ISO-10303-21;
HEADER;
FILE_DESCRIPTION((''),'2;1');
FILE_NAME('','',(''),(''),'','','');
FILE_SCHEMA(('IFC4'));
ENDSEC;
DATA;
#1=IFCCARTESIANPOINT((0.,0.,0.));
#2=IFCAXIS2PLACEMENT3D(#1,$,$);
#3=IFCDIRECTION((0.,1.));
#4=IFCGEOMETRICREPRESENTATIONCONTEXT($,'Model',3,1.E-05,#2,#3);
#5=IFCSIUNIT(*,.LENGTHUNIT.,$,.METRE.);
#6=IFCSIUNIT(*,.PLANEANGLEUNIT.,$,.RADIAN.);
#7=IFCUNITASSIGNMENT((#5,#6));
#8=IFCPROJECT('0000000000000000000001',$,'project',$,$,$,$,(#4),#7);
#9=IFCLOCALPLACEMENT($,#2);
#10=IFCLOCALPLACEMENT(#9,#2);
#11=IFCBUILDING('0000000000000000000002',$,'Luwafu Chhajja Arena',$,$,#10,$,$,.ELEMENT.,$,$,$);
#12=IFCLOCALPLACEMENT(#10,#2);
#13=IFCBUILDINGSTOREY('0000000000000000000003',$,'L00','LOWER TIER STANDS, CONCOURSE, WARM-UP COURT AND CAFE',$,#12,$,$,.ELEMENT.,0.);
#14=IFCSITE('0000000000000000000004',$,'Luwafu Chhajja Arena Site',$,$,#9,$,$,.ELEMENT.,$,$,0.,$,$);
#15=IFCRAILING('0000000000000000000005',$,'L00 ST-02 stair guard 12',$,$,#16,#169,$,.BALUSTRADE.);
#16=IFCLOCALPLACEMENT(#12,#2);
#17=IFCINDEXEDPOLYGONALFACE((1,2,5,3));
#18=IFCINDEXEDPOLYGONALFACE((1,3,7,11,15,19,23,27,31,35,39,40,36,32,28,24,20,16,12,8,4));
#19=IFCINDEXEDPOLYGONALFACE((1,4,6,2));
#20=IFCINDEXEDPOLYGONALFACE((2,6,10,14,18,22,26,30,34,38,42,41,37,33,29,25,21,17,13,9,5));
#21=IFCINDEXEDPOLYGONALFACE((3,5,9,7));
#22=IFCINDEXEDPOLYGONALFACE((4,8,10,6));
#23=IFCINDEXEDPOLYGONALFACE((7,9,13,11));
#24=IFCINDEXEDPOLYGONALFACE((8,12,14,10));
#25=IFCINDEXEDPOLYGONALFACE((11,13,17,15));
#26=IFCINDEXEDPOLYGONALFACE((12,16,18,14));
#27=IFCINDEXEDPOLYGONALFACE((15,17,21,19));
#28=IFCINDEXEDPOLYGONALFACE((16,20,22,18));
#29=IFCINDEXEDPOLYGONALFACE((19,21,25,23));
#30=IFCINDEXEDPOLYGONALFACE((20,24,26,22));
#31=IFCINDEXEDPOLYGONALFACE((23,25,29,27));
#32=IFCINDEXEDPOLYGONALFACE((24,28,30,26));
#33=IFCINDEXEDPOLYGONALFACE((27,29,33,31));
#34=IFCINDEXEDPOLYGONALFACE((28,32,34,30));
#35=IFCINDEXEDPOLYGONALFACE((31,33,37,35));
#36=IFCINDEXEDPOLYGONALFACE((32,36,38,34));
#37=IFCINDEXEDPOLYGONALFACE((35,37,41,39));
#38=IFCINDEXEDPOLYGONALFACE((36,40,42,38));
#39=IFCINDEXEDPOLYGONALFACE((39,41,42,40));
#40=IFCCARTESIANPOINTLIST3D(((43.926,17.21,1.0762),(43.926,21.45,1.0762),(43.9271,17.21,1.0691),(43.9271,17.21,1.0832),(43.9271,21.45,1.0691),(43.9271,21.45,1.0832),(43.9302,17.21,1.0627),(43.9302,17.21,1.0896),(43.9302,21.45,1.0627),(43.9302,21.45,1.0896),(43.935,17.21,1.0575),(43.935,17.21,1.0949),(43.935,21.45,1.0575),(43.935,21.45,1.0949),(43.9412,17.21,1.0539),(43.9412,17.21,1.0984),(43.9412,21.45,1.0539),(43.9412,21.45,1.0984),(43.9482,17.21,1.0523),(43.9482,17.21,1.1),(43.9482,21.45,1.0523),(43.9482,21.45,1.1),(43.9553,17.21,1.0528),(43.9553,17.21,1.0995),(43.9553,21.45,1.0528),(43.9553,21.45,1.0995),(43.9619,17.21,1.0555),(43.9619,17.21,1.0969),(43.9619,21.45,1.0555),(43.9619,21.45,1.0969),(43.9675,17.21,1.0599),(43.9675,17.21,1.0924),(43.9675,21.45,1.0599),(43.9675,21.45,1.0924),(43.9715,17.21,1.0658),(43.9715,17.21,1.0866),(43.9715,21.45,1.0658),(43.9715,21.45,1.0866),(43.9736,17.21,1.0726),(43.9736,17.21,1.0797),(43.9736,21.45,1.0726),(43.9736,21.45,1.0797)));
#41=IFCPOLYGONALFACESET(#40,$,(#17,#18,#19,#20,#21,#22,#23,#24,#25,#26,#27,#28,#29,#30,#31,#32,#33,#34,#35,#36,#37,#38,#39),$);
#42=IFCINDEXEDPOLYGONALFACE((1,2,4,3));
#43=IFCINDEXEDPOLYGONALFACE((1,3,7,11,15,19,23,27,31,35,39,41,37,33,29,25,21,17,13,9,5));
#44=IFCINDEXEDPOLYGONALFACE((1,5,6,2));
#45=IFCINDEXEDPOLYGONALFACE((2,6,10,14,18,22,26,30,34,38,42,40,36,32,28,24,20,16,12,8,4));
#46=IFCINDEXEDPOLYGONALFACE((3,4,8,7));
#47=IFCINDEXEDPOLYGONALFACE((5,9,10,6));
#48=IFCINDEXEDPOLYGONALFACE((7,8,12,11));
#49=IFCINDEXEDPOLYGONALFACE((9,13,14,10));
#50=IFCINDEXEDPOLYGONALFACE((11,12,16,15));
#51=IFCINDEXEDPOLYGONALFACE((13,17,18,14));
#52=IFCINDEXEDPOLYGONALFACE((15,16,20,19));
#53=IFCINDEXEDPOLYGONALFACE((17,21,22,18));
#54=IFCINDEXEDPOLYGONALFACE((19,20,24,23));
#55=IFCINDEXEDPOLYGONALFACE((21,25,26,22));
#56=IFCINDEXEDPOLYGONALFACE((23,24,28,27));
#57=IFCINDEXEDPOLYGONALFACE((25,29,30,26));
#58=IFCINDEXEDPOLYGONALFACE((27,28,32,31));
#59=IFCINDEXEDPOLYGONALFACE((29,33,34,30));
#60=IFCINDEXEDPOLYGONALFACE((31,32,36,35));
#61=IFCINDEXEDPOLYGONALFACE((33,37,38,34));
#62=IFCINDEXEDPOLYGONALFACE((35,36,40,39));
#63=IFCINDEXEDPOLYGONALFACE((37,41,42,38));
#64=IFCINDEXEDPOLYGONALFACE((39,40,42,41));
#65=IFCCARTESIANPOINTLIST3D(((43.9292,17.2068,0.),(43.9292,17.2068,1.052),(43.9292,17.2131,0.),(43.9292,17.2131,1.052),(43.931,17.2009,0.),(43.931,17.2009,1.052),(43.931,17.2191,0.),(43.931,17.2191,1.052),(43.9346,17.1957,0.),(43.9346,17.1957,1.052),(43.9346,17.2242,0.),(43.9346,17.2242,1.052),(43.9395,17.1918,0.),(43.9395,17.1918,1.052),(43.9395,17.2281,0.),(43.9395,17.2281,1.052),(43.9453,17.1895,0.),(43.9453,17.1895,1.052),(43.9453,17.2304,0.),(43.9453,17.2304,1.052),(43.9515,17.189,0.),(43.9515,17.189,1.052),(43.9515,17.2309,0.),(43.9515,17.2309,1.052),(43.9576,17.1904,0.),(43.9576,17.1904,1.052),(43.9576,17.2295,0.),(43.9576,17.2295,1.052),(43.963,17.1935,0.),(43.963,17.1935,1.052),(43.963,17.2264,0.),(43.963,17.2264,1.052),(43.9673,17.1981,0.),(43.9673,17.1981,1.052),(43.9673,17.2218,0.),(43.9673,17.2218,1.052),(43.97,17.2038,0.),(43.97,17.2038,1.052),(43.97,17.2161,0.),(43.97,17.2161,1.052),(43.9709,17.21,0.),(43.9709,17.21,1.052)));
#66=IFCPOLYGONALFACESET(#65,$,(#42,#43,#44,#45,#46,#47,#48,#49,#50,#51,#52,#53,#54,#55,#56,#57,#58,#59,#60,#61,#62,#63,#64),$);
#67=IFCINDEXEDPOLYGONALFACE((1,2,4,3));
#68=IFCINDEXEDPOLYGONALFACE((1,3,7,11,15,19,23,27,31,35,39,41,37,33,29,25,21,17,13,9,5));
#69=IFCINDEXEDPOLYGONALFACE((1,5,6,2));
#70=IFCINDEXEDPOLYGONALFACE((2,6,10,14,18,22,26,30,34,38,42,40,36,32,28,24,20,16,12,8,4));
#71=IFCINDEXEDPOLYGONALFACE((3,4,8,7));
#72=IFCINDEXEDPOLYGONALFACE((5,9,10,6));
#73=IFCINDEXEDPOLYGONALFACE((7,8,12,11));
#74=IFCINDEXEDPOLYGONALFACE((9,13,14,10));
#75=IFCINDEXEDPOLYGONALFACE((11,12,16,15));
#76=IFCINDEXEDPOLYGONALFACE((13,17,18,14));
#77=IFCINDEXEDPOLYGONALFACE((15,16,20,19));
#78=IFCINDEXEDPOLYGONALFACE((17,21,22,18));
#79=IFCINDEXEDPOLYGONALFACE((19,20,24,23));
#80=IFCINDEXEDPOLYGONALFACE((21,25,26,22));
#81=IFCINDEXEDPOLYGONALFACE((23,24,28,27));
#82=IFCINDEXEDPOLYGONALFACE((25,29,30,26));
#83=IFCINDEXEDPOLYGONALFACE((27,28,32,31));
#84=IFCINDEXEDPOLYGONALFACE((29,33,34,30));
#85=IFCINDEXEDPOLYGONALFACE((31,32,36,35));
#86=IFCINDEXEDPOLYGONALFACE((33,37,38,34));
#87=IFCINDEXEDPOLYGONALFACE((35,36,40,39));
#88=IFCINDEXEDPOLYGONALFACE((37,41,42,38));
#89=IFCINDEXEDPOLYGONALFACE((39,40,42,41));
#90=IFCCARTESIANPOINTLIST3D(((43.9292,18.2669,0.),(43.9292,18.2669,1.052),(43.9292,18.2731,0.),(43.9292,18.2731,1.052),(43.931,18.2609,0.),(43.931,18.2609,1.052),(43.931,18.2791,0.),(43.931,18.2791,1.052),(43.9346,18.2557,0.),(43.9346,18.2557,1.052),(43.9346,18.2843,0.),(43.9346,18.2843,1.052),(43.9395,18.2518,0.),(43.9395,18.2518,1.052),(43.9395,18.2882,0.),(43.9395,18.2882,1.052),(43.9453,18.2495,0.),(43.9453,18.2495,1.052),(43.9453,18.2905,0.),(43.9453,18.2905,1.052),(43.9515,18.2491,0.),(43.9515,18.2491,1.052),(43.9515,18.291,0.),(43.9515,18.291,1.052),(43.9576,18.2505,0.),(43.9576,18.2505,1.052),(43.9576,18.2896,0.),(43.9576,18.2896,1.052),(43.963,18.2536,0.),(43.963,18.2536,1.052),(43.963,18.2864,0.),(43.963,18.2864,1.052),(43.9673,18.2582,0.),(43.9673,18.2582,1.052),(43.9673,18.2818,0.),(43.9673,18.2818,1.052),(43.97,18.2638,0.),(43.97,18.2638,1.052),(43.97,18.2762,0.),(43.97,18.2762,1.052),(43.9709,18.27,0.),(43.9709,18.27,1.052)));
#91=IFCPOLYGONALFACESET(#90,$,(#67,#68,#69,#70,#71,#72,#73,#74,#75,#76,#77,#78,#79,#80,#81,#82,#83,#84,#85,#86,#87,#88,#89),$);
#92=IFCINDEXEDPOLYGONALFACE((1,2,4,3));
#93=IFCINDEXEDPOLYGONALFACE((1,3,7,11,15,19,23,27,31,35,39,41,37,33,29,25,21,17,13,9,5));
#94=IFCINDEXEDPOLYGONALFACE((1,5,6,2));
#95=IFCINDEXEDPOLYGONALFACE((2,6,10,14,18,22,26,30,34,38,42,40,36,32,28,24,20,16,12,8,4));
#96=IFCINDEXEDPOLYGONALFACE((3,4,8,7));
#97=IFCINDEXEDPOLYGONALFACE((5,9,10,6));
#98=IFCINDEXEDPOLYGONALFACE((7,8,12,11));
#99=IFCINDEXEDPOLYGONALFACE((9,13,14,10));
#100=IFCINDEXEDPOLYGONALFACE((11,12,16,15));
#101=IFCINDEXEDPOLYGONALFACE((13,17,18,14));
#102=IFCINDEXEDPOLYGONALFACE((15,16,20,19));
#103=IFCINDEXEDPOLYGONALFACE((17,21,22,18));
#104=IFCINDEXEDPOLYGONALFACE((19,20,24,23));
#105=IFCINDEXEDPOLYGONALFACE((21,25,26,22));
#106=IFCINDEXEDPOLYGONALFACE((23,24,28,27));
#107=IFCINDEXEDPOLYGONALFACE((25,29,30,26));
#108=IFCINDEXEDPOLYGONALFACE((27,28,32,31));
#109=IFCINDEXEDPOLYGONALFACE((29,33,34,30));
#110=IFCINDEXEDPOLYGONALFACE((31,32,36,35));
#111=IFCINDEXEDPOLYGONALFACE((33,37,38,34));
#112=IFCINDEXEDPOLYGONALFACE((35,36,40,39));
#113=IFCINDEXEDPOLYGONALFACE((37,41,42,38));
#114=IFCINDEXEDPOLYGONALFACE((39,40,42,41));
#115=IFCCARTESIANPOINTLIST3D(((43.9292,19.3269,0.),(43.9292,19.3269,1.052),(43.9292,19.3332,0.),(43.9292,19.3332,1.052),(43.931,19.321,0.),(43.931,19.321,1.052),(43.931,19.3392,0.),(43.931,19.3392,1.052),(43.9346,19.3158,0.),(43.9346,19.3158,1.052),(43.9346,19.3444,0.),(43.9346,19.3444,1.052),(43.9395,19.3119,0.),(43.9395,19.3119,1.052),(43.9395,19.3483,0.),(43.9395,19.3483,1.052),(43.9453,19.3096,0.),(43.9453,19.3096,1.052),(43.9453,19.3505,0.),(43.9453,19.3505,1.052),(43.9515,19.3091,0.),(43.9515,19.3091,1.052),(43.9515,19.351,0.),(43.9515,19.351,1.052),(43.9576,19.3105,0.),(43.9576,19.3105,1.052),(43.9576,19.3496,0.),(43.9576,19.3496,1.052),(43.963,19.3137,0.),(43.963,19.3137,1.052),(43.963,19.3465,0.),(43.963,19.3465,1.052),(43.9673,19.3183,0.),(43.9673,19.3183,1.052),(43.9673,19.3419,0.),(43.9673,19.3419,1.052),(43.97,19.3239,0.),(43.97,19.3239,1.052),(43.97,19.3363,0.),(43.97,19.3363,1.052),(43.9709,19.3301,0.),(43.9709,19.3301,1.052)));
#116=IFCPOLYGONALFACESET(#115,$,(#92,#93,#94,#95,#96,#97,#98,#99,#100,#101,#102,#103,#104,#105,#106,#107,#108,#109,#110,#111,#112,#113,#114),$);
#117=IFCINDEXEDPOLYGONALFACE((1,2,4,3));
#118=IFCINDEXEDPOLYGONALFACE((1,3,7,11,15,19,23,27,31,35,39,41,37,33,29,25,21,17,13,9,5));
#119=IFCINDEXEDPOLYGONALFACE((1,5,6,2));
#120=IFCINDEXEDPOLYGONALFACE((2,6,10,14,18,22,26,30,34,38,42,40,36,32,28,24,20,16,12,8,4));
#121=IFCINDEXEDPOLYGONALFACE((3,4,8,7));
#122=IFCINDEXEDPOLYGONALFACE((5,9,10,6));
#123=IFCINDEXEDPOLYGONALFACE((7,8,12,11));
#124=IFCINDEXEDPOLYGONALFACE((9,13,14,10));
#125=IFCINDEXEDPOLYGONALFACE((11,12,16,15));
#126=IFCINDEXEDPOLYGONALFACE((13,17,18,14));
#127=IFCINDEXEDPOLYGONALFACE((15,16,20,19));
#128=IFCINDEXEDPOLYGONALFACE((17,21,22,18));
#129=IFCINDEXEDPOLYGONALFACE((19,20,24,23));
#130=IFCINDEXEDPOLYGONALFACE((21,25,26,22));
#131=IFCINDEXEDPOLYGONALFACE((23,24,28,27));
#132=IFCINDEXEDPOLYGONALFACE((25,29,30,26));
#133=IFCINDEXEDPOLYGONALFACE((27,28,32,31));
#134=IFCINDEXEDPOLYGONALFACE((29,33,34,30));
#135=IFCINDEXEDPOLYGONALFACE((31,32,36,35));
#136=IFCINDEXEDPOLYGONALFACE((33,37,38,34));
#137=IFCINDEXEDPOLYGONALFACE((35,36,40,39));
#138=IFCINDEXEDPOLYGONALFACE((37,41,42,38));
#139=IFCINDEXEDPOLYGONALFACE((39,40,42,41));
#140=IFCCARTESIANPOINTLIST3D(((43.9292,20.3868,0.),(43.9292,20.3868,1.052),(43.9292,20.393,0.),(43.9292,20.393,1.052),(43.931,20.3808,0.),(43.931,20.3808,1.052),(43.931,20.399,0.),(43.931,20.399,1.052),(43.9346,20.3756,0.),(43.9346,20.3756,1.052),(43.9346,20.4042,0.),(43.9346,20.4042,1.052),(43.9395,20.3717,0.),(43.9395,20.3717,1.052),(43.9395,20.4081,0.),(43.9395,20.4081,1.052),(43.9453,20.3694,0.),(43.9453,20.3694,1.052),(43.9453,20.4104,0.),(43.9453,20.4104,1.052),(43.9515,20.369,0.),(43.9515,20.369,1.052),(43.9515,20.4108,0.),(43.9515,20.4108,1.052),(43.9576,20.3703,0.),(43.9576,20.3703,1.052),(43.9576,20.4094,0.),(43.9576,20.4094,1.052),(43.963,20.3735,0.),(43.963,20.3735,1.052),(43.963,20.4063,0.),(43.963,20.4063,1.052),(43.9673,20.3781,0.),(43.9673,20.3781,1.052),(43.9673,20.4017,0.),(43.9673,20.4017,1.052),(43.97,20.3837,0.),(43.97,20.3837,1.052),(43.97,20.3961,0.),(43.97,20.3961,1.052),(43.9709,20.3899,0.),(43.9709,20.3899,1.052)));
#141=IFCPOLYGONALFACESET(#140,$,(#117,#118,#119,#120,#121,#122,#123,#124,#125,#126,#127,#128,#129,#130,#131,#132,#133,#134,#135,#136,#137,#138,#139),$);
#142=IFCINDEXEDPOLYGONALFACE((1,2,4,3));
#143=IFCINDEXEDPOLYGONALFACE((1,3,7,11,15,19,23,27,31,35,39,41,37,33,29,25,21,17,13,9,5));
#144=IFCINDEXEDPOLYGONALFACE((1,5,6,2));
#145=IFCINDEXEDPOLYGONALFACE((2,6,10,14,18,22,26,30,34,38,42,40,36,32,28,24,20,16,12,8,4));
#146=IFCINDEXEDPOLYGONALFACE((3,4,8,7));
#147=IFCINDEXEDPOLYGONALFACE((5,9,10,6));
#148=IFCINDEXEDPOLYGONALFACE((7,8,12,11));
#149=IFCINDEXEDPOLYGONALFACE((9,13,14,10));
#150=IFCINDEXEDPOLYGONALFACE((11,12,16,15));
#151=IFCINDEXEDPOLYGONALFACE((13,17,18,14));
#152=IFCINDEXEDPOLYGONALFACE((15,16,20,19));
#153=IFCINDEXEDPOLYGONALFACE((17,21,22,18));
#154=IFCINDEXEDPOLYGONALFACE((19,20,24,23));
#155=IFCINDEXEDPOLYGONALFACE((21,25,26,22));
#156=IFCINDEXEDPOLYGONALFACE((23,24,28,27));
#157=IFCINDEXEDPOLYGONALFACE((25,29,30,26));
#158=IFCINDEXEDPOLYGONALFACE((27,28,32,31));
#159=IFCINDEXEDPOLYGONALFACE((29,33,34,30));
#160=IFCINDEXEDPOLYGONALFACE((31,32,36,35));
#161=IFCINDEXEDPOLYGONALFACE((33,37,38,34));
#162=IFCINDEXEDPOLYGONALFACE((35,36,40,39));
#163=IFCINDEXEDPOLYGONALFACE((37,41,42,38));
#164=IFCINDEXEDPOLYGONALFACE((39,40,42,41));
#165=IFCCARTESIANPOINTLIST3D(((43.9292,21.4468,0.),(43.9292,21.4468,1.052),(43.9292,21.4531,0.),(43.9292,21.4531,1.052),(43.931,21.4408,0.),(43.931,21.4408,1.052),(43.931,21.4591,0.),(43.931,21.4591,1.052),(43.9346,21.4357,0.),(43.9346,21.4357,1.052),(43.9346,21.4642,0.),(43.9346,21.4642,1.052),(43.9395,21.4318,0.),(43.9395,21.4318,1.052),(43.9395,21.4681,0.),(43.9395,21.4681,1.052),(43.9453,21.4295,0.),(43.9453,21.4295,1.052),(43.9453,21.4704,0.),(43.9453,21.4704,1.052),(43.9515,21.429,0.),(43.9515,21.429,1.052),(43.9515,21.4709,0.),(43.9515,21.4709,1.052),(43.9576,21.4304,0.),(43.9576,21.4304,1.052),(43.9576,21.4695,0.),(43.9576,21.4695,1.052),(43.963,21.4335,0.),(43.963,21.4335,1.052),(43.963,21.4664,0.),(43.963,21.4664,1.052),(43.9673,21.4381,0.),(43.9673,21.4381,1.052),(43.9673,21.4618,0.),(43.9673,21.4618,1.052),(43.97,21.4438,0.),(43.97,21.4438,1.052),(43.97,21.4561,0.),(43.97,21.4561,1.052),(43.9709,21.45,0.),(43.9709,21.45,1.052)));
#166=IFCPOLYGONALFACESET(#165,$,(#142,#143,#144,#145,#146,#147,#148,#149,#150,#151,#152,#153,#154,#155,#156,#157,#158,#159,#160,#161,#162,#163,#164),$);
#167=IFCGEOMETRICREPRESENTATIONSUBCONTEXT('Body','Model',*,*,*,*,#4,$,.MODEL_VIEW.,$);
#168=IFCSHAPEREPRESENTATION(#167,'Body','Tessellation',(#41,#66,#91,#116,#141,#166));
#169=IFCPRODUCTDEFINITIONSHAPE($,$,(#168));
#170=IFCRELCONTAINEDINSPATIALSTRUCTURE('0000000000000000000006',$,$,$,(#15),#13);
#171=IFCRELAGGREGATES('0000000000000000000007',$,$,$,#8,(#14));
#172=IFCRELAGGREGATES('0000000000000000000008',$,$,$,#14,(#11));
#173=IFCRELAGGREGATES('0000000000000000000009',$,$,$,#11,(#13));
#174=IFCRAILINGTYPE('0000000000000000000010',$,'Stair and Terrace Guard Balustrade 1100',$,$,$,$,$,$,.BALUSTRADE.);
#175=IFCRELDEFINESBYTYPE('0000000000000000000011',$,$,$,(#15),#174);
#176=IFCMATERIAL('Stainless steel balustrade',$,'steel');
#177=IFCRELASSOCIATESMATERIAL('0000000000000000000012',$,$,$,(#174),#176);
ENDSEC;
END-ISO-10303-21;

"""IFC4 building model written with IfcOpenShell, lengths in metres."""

from ifc_helpers import new_model, si_unit, direction, frame, origin, origin_2d, place, context, subcontext, project, spatial, circle, extrude, material, type_object, element, save


model = new_model("IFC4")

# Units and contexts
model_context = context("Model", 3, precision=1e-05, world=origin(), true_north=direction((0.0, 1.0)))
body_context = subcontext(model_context, "Body", "Model", "MODEL_VIEW")
ifc_project = project(units=[si_unit("LENGTHUNIT", "METRE"), si_unit("PLANEANGLEUNIT", "RADIAN")], contexts=[model_context])

# Site, building, storey
site_placement = place(None, origin())
site = spatial("IfcSite", under=ifc_project, at=site_placement, Name="Luwafu Chhajja Arena Site", CompositionType="ELEMENT", RefElevation=0.0)
building_placement = place(site_placement, origin())
building = spatial("IfcBuilding", under=site, at=building_placement, Name="Luwafu Chhajja Arena", CompositionType="ELEMENT")
storey_placement = place(building_placement, origin())
storey = spatial("IfcBuildingStorey", under=building, at=storey_placement, Name="L00", Description="LOWER TIER STANDS, CONCOURSE, WARM-UP COURT AND CAFE", CompositionType="ELEMENT", Elevation=0.0)

# Railing
ifc_material_1 = material(Name="Stainless steel balustrade", Category="steel")
railing_type_1 = type_object("IfcRailingType", Name="Stair and Terrace Guard Balustrade 1100", PredefinedType="BALUSTRADE", material=ifc_material_1)
for number, where, name in (
    (1, (43.95, 17.21, 0.0), "L00 ST-02 stair guard 12"),
):
    element("IfcRailing", number, at=place(storey_placement, frame(where)), inside=storey, type_object=railing_type_1, Name=name, PredefinedType="BALUSTRADE", context=body_context, shape_type="SweptSolid", body=[
        extrude(circle(Radius=0.0239, at=origin_2d()), frame((0.0, 0.0, 1.0762), z_axis=(0.0, 1.0, 0.0), x_axis=(-1.0, 0.0, 0.0)), (0.0, 0.0, 1.0), 4.24),
        extrude(circle(Radius=0.021, at=origin_2d()), origin(), (0.0, 0.0, 1.0), 1.052),
        extrude(circle(Radius=0.021, at=origin_2d()), frame((0.0, 1.0601, 0.0)), (0.0, 0.0, 1.0), 1.052),
        extrude(circle(Radius=0.021, at=origin_2d()), frame((0.0, 2.1201, 0.0)), (0.0, 0.0, 1.0), 1.052),
        extrude(circle(Radius=0.021, at=origin_2d()), frame((0.0, 3.1799, 0.0)), (0.0, 0.0, 1.0), 1.052),
        extrude(circle(Radius=0.021, at=origin_2d()), frame((0.0, 4.24, 0.0)), (0.0, 0.0, 1.0), 1.052),
    ])

save(model, "model.ifc")
